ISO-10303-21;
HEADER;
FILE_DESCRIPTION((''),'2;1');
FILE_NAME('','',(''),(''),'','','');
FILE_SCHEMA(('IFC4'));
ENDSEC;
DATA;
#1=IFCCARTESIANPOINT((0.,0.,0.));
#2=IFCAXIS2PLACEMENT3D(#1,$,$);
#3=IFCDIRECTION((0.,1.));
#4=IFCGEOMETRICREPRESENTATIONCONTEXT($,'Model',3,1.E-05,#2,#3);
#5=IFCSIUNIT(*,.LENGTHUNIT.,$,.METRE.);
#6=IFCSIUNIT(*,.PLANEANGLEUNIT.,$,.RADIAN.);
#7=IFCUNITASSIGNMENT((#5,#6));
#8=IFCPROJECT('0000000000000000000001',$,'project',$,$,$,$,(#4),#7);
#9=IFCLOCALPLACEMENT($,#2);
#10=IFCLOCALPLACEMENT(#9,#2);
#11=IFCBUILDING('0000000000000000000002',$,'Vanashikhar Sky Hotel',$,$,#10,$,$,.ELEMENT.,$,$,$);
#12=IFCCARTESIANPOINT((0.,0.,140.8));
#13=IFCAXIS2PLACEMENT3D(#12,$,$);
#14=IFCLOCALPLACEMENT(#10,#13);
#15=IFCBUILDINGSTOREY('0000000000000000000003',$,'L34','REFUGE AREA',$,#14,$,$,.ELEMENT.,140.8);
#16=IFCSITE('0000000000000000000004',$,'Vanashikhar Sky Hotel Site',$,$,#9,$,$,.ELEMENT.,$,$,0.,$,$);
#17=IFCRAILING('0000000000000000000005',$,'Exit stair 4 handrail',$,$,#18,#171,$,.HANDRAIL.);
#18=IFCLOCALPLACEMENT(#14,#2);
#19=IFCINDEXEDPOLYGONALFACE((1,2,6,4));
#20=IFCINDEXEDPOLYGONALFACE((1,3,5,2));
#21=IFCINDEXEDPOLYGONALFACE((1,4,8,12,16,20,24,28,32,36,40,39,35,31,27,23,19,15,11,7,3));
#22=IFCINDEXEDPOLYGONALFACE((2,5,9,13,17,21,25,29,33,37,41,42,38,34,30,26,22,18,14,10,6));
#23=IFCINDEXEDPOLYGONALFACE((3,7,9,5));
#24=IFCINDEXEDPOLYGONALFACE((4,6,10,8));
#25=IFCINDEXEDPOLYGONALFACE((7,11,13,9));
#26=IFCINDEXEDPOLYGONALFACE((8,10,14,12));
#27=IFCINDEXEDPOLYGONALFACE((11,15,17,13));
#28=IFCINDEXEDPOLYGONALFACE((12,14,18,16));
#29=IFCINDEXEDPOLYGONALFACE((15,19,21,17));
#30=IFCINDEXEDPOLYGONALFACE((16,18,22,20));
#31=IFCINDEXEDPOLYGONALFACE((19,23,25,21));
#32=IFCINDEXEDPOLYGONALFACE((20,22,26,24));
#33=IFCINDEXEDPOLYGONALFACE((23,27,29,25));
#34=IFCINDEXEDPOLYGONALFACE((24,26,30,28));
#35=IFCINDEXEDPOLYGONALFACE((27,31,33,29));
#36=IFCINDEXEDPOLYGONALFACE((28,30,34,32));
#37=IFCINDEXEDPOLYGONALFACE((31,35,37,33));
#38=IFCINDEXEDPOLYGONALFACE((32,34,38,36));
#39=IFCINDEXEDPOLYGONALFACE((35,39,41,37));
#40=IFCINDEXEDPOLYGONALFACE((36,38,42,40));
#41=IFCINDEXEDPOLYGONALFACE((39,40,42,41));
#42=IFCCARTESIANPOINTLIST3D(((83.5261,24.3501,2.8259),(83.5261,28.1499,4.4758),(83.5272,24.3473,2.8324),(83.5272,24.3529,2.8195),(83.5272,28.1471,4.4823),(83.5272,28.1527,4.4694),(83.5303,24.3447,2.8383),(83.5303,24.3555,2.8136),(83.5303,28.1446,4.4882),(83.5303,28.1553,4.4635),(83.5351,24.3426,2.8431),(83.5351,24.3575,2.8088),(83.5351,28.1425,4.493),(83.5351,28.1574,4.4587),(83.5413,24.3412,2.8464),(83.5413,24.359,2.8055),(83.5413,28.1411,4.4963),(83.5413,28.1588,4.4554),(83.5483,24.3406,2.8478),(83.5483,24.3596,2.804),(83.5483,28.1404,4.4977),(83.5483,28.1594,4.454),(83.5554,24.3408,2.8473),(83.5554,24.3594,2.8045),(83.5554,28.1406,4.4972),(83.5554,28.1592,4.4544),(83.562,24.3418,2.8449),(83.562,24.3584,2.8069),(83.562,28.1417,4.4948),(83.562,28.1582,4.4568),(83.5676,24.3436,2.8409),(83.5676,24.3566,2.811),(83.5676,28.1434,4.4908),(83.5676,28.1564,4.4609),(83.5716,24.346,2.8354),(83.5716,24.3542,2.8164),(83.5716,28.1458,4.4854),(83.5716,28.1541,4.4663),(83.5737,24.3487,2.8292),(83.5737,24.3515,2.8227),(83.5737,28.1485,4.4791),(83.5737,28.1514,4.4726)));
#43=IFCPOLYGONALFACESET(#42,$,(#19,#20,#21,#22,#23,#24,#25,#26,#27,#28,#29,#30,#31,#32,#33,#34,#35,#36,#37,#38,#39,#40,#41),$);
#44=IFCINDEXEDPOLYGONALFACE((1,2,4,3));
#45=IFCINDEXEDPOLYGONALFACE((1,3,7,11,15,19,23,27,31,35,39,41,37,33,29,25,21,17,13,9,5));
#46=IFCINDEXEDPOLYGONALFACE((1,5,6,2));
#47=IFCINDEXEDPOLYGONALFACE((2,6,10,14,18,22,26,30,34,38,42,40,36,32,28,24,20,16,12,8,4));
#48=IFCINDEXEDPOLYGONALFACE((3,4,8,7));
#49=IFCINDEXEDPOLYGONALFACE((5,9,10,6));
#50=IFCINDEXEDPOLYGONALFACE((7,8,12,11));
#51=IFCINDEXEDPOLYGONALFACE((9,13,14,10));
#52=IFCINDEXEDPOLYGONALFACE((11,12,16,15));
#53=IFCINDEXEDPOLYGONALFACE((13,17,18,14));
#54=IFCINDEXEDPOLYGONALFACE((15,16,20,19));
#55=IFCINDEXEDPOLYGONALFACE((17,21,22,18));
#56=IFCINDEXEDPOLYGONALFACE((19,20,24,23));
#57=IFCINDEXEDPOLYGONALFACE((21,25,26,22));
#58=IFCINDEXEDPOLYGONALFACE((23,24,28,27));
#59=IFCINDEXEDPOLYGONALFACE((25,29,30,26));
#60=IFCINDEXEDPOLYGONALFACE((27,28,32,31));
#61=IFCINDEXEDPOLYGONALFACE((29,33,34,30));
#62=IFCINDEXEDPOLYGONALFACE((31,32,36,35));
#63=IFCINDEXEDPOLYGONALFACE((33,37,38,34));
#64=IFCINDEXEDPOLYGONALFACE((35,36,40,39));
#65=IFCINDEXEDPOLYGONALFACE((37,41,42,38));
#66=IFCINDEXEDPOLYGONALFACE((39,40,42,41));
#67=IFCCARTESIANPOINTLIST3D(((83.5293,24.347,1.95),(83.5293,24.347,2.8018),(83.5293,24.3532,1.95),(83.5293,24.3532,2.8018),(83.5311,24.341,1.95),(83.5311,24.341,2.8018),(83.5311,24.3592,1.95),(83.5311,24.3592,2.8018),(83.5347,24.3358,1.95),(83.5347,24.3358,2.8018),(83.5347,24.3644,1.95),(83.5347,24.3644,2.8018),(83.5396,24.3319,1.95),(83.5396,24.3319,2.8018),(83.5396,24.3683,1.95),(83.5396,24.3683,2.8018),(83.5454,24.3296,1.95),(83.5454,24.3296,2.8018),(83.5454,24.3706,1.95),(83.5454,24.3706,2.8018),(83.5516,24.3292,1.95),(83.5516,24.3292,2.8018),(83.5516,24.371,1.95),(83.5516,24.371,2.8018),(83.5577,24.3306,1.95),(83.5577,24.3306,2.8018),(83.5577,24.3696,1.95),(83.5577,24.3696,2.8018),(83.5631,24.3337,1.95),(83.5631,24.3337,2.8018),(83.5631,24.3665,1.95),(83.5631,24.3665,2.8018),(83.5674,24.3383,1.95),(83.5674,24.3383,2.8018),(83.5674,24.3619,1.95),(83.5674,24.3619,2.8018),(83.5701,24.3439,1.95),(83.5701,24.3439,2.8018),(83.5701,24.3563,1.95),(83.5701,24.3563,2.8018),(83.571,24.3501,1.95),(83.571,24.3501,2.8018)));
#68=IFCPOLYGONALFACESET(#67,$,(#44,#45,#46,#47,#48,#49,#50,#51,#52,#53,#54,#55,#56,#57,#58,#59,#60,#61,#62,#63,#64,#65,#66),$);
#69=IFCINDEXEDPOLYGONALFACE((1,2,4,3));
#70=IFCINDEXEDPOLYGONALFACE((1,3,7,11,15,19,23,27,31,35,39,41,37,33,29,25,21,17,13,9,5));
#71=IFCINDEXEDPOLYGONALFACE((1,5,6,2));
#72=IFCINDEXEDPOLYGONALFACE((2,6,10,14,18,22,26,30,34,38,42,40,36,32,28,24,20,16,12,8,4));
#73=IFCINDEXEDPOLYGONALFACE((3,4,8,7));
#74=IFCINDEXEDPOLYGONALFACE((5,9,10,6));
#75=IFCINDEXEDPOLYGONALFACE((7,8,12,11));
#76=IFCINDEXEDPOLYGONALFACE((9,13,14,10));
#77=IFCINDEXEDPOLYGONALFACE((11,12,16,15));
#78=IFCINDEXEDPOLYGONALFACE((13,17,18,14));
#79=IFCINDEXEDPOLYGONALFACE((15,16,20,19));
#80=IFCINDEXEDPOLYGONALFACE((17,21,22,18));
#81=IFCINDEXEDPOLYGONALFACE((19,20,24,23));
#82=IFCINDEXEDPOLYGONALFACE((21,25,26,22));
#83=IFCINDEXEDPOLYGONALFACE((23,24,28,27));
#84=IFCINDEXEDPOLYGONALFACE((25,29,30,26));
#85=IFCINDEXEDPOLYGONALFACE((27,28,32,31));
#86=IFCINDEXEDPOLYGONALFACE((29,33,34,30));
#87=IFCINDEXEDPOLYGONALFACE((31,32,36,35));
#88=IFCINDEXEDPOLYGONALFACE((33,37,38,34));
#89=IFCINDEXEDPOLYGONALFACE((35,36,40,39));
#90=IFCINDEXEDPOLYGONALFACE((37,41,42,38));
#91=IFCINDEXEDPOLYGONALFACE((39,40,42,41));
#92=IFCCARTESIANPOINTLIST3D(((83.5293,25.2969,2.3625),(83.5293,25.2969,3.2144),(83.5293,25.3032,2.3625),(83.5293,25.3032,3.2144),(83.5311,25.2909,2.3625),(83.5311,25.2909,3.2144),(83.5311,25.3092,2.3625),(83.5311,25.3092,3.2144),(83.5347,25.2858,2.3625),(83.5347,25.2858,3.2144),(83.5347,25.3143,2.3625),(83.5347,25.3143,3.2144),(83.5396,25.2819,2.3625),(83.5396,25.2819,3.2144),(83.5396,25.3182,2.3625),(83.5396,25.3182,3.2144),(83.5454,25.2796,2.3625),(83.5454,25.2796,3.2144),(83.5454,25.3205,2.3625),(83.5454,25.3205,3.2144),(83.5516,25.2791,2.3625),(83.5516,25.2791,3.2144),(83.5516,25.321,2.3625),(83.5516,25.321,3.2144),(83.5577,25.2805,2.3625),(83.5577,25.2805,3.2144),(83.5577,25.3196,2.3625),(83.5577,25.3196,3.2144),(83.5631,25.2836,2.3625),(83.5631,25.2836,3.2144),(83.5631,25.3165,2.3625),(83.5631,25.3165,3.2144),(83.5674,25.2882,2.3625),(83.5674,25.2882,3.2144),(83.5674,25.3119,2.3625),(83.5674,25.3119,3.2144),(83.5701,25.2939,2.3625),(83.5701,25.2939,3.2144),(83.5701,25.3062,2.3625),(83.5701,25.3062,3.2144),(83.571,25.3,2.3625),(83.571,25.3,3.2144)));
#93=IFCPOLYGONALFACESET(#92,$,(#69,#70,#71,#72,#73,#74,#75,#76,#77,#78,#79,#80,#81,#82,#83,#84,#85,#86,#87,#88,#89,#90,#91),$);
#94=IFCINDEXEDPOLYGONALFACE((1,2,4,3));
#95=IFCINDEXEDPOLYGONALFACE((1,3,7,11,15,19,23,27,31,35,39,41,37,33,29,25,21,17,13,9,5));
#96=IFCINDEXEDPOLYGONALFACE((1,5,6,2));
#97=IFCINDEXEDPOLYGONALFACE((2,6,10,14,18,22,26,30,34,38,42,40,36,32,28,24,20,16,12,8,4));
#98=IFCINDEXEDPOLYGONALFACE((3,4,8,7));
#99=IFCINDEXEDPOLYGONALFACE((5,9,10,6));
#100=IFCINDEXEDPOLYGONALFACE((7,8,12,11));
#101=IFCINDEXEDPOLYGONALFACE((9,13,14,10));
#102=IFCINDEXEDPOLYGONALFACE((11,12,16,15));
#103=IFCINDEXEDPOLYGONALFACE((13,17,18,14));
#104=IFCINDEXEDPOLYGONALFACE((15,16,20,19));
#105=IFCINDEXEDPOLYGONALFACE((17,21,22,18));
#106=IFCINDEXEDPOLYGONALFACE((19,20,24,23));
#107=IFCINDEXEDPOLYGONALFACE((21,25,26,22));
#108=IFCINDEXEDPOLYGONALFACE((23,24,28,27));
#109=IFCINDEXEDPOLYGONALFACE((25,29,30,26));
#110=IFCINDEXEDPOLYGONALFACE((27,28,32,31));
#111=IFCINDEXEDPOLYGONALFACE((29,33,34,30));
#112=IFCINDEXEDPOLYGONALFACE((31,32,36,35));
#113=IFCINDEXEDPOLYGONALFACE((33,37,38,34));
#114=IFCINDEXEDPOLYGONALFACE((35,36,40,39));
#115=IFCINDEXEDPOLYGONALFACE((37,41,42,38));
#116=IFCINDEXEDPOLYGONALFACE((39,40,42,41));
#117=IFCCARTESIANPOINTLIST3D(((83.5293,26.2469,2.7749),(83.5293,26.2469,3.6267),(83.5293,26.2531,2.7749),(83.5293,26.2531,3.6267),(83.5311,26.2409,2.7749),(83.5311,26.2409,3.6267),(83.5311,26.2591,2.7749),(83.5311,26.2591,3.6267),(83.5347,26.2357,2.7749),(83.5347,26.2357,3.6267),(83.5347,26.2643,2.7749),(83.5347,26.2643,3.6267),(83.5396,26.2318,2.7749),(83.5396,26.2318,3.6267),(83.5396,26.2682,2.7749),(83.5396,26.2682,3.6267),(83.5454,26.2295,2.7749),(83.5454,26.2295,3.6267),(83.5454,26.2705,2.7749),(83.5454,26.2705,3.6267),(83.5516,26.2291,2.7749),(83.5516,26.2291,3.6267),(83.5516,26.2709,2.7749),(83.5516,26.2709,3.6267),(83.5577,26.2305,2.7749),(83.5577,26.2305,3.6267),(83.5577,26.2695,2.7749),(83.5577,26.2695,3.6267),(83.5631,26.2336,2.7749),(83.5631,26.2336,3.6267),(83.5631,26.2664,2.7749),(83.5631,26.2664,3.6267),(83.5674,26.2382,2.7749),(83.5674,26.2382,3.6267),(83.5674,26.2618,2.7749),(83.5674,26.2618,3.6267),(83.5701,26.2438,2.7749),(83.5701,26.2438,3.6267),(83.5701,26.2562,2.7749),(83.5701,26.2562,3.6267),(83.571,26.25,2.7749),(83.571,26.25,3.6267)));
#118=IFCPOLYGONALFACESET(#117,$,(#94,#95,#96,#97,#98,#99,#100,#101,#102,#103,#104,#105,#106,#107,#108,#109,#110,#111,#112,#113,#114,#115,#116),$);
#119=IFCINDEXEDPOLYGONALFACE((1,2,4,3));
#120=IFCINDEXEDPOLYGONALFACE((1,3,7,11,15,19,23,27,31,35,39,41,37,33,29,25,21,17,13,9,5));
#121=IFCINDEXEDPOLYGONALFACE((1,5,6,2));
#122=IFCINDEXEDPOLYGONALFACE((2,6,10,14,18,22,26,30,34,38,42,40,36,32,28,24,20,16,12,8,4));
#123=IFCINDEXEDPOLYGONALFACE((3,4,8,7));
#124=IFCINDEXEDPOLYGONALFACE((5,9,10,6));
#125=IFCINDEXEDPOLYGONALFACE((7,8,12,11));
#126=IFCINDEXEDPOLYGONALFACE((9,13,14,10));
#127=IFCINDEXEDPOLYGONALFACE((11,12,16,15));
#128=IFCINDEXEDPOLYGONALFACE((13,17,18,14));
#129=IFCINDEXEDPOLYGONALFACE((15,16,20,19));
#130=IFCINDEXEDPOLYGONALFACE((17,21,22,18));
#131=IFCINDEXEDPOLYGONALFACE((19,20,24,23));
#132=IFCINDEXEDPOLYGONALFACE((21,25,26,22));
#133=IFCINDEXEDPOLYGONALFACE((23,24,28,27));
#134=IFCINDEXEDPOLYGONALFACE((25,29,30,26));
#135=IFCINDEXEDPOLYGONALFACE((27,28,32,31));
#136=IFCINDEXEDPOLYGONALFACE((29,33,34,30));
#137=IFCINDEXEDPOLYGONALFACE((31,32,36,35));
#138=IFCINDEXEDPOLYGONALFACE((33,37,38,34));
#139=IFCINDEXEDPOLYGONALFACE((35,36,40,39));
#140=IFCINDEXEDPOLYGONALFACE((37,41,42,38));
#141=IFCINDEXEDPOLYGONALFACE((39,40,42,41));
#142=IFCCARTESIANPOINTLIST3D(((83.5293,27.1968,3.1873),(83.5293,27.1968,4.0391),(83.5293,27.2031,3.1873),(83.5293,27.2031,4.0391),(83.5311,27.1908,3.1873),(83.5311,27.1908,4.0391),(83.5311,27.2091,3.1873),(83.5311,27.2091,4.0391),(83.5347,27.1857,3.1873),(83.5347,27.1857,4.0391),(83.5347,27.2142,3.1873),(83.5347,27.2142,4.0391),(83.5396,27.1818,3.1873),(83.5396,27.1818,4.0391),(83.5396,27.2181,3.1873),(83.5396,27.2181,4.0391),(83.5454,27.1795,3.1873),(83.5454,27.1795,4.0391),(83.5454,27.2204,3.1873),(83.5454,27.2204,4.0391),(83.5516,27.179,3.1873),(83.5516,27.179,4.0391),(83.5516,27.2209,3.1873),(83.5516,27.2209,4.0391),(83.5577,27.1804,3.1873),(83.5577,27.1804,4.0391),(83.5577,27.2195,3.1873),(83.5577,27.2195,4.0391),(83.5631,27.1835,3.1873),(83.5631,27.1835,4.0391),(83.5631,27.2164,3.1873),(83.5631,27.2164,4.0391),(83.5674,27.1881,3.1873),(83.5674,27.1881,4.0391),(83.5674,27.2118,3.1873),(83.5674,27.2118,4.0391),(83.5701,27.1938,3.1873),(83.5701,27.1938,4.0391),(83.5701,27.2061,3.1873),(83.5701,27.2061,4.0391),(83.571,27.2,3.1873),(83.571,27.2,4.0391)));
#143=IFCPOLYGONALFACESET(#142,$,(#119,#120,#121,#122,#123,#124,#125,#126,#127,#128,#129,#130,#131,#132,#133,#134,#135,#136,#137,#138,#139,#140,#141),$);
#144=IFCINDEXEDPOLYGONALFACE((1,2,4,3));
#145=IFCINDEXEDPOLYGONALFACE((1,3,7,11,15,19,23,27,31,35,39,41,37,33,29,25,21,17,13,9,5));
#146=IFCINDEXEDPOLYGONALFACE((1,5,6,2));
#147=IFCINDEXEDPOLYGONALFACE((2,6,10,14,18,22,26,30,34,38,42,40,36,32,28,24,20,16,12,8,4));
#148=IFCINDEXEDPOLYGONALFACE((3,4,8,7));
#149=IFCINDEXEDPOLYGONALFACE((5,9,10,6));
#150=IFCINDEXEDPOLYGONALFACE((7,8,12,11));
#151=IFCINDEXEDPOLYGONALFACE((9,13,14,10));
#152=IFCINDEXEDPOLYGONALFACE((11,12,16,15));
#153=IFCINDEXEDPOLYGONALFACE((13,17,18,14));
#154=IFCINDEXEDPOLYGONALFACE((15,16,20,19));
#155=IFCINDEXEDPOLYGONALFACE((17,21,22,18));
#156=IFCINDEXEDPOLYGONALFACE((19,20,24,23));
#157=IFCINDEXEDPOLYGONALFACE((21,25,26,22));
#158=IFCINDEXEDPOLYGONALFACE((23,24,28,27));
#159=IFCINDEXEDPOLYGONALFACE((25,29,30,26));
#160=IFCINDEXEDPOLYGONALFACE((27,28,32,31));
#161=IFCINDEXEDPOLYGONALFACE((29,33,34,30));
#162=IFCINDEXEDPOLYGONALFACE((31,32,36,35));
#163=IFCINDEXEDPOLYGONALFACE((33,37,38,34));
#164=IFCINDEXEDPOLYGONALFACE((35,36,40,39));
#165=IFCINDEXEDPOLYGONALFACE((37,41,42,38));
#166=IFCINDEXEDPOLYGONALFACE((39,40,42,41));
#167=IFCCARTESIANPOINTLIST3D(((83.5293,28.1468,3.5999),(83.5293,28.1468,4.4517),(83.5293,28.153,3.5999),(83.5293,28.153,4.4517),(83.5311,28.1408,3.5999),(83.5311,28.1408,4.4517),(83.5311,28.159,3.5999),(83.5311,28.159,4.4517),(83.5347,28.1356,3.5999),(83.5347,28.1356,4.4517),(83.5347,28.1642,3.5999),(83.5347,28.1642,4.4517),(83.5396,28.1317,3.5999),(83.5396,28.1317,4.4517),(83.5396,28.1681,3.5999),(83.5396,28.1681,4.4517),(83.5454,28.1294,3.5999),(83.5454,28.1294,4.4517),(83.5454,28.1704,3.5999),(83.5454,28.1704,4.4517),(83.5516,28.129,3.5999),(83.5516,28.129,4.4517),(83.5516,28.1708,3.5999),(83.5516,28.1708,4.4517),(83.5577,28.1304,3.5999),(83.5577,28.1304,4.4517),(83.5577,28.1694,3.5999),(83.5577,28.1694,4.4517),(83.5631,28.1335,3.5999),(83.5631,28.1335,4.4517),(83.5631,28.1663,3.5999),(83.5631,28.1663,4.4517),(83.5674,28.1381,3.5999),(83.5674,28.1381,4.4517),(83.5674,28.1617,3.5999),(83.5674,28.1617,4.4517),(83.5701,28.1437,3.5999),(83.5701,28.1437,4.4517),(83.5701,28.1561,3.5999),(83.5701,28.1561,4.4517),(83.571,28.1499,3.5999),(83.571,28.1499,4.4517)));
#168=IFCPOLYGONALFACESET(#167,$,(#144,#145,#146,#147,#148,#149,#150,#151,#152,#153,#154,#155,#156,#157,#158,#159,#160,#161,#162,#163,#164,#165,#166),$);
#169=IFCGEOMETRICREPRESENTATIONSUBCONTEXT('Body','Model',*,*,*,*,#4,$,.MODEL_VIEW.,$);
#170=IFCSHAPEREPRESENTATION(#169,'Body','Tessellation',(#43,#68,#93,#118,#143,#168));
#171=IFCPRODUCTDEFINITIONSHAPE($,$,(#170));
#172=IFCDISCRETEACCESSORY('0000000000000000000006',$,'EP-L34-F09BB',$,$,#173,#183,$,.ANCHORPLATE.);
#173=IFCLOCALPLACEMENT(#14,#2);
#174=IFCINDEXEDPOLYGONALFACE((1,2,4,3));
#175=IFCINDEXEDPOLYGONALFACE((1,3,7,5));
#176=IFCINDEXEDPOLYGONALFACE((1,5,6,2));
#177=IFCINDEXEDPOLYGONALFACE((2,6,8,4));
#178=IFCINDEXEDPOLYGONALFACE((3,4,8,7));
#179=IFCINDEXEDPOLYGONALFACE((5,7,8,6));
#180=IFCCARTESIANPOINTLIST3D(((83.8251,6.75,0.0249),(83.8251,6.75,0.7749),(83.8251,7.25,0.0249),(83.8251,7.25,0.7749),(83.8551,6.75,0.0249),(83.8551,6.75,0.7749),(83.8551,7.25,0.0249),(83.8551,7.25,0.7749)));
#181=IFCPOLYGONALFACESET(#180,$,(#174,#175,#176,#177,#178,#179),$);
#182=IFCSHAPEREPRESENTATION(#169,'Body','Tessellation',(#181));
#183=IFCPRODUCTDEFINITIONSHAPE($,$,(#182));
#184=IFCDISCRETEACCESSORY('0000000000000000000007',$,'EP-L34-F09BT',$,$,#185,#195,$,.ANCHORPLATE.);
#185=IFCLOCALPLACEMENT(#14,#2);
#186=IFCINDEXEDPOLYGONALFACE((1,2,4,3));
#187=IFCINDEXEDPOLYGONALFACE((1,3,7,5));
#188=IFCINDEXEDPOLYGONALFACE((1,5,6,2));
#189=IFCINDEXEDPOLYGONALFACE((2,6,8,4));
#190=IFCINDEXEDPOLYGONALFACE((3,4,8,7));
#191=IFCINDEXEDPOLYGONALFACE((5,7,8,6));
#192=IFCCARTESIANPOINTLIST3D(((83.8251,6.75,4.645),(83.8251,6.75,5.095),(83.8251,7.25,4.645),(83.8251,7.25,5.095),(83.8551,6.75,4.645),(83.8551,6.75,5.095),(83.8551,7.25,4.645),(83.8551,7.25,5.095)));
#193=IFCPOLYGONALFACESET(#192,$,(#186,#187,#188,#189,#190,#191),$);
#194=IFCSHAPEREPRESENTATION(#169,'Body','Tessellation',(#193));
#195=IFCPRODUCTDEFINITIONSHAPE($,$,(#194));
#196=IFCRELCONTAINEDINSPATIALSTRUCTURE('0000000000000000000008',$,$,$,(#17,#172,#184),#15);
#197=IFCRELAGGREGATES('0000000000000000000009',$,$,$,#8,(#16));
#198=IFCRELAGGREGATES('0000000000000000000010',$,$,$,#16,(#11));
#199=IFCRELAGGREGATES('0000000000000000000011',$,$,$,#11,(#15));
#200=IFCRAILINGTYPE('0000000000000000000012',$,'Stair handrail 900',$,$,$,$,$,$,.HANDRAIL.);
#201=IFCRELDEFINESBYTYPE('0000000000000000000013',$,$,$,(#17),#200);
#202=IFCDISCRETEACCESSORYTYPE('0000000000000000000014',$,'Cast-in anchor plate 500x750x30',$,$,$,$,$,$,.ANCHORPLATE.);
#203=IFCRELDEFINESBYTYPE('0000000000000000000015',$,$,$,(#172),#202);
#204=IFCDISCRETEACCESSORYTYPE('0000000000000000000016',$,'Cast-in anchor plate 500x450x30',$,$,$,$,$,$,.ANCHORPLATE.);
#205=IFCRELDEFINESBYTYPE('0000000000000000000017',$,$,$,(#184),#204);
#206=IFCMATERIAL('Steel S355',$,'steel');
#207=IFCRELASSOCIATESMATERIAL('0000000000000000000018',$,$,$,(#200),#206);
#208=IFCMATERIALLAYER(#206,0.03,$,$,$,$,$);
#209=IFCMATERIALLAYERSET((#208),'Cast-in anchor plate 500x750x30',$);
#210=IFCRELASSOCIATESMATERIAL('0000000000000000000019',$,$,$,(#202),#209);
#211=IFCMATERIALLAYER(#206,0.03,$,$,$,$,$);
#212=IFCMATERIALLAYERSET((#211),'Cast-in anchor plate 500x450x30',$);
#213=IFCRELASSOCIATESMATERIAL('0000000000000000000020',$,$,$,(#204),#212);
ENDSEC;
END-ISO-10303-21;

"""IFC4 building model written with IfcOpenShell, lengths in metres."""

from ifc_helpers import new_model, si_unit, direction, frame, origin, origin_2d, place, context, subcontext, project, spatial, rectangle, circle, extrude, source, transform, mapped, material, layer, layer_set, type_object, element, save


model = new_model("IFC4")

# Units and contexts
model_context = context("Model", 3, precision=1e-05, world=origin(), true_north=direction((0.0, 1.0)))
body_context = subcontext(model_context, "Body", "Model", "MODEL_VIEW")
ifc_project = project(units=[si_unit("LENGTHUNIT", "METRE"), si_unit("PLANEANGLEUNIT", "RADIAN")], contexts=[model_context])

# Site, building, storey
site_placement = place(None, origin())
site = spatial("IfcSite", under=ifc_project, at=site_placement, Name="Vanashikhar Sky Hotel Site", CompositionType="ELEMENT", RefElevation=0.0)
building_placement = place(site_placement, origin())
building = spatial("IfcBuilding", under=site, at=building_placement, Name="Vanashikhar Sky Hotel", CompositionType="ELEMENT")
storey_placement = place(building_placement, frame((0.0, 0.0, 140.8)))
storey = spatial("IfcBuildingStorey", under=building, at=storey_placement, Name="L34", Description="REFUGE AREA", CompositionType="ELEMENT", Elevation=140.8)

# Railing
ifc_material_1 = material(Name="Steel S355", Category="steel")
railing_type = type_object("IfcRailingType", Name="Stair handrail 900", PredefinedType="HANDRAIL", material=ifc_material_1)
shared_shape_1 = source(origin(), body_context, "Body", "SweptSolid", [
    extrude(circle(Radius=0.0239, at=origin_2d()), frame((0.0, 0.0, 0.876), z_axis=(0.0, 0.917263, 0.398282), x_axis=(-1.0, 0.0, 0.0)), (0.0, 0.0, 1.0), 4.1426),
    extrude(circle(Radius=0.021, at=origin_2d()), origin(), (0.0, 0.0, 1.0), 0.8518),
    extrude(circle(Radius=0.021, at=origin_2d()), frame((0.0, 0.95, 0.4126)), (0.0, 0.0, 1.0), 0.8518),
    extrude(circle(Radius=0.021, at=origin_2d()), frame((0.0, 1.8999, 0.825)), (0.0, 0.0, 1.0), 0.8518),
    extrude(circle(Radius=0.021, at=origin_2d()), frame((0.0, 2.8499, 1.2373)), (0.0, 0.0, 1.0), 0.8518),
    extrude(circle(Radius=0.021, at=origin_2d()), frame((0.0, 3.7998, 1.6499)), (0.0, 0.0, 1.0), 0.8518),
])
railing_1_placement = place(storey_placement, frame((83.55, 24.3501, 1.95)))
element("IfcRailing", 1, at=railing_1_placement, inside=storey, type_object=railing_type, Name="Exit stair 4 handrail", PredefinedType="HANDRAIL", context=body_context, shape_type="MappedRepresentation", body=[
    mapped(shared_shape_1, transform((0.0, 0.0, 0.0), scale=1.0)),
])

# Discrete accessories
ifc_layer_1 = layer(ifc_material_1, 0.03)
ifc_layer_set_1 = layer_set([ifc_layer_1], Name="Cast-in anchor plate 500x750x30")
discrete_accessory_type_1 = type_object("IfcDiscreteAccessoryType", Name="Cast-in anchor plate 500x750x30", PredefinedType="ANCHORPLATE", material=ifc_layer_set_1)
shared_shape_2 = source(origin(), body_context, "Body", "SweptSolid", [
    extrude(rectangle(XDim=0.03, YDim=0.5, at=origin_2d()), origin(), (0.0, 0.0, 1.0), 0.75),
])
discrete_accessory_1_placement = place(storey_placement, frame((83.8401, 7.0, 0.0249), z_axis=(0.0, 0.0, 1.0), x_axis=(1.0, 0.0, 0.0)))
element("IfcDiscreteAccessory", 2, at=discrete_accessory_1_placement, inside=storey, type_object=discrete_accessory_type_1, Name="EP-L34-F09BB", PredefinedType="ANCHORPLATE", context=body_context, shape_type="MappedRepresentation", body=[
    mapped(shared_shape_2, transform((0.0, 0.0, 0.0), scale=1.0)),
])
ifc_layer_2 = layer(ifc_material_1, 0.03)
ifc_layer_set_2 = layer_set([ifc_layer_2], Name="Cast-in anchor plate 500x450x30")
discrete_accessory_type_2 = type_object("IfcDiscreteAccessoryType", Name="Cast-in anchor plate 500x450x30", PredefinedType="ANCHORPLATE", material=ifc_layer_set_2)
shared_shape_3 = source(origin(), body_context, "Body", "SweptSolid", [
    extrude(rectangle(XDim=0.03, YDim=0.5, at=origin_2d()), origin(), (0.0, 0.0, 1.0), 0.45),
])
discrete_accessory_2_placement = place(storey_placement, frame((83.8401, 7.0, 4.645), z_axis=(0.0, 0.0, 1.0), x_axis=(1.0, 0.0, 0.0)))
element("IfcDiscreteAccessory", 3, at=discrete_accessory_2_placement, inside=storey, type_object=discrete_accessory_type_2, Name="EP-L34-F09BT", PredefinedType="ANCHORPLATE", context=body_context, shape_type="MappedRepresentation", body=[
    mapped(shared_shape_3, transform((0.0, 0.0, 0.0), scale=1.0)),
])

save(model, "model.ifc")
